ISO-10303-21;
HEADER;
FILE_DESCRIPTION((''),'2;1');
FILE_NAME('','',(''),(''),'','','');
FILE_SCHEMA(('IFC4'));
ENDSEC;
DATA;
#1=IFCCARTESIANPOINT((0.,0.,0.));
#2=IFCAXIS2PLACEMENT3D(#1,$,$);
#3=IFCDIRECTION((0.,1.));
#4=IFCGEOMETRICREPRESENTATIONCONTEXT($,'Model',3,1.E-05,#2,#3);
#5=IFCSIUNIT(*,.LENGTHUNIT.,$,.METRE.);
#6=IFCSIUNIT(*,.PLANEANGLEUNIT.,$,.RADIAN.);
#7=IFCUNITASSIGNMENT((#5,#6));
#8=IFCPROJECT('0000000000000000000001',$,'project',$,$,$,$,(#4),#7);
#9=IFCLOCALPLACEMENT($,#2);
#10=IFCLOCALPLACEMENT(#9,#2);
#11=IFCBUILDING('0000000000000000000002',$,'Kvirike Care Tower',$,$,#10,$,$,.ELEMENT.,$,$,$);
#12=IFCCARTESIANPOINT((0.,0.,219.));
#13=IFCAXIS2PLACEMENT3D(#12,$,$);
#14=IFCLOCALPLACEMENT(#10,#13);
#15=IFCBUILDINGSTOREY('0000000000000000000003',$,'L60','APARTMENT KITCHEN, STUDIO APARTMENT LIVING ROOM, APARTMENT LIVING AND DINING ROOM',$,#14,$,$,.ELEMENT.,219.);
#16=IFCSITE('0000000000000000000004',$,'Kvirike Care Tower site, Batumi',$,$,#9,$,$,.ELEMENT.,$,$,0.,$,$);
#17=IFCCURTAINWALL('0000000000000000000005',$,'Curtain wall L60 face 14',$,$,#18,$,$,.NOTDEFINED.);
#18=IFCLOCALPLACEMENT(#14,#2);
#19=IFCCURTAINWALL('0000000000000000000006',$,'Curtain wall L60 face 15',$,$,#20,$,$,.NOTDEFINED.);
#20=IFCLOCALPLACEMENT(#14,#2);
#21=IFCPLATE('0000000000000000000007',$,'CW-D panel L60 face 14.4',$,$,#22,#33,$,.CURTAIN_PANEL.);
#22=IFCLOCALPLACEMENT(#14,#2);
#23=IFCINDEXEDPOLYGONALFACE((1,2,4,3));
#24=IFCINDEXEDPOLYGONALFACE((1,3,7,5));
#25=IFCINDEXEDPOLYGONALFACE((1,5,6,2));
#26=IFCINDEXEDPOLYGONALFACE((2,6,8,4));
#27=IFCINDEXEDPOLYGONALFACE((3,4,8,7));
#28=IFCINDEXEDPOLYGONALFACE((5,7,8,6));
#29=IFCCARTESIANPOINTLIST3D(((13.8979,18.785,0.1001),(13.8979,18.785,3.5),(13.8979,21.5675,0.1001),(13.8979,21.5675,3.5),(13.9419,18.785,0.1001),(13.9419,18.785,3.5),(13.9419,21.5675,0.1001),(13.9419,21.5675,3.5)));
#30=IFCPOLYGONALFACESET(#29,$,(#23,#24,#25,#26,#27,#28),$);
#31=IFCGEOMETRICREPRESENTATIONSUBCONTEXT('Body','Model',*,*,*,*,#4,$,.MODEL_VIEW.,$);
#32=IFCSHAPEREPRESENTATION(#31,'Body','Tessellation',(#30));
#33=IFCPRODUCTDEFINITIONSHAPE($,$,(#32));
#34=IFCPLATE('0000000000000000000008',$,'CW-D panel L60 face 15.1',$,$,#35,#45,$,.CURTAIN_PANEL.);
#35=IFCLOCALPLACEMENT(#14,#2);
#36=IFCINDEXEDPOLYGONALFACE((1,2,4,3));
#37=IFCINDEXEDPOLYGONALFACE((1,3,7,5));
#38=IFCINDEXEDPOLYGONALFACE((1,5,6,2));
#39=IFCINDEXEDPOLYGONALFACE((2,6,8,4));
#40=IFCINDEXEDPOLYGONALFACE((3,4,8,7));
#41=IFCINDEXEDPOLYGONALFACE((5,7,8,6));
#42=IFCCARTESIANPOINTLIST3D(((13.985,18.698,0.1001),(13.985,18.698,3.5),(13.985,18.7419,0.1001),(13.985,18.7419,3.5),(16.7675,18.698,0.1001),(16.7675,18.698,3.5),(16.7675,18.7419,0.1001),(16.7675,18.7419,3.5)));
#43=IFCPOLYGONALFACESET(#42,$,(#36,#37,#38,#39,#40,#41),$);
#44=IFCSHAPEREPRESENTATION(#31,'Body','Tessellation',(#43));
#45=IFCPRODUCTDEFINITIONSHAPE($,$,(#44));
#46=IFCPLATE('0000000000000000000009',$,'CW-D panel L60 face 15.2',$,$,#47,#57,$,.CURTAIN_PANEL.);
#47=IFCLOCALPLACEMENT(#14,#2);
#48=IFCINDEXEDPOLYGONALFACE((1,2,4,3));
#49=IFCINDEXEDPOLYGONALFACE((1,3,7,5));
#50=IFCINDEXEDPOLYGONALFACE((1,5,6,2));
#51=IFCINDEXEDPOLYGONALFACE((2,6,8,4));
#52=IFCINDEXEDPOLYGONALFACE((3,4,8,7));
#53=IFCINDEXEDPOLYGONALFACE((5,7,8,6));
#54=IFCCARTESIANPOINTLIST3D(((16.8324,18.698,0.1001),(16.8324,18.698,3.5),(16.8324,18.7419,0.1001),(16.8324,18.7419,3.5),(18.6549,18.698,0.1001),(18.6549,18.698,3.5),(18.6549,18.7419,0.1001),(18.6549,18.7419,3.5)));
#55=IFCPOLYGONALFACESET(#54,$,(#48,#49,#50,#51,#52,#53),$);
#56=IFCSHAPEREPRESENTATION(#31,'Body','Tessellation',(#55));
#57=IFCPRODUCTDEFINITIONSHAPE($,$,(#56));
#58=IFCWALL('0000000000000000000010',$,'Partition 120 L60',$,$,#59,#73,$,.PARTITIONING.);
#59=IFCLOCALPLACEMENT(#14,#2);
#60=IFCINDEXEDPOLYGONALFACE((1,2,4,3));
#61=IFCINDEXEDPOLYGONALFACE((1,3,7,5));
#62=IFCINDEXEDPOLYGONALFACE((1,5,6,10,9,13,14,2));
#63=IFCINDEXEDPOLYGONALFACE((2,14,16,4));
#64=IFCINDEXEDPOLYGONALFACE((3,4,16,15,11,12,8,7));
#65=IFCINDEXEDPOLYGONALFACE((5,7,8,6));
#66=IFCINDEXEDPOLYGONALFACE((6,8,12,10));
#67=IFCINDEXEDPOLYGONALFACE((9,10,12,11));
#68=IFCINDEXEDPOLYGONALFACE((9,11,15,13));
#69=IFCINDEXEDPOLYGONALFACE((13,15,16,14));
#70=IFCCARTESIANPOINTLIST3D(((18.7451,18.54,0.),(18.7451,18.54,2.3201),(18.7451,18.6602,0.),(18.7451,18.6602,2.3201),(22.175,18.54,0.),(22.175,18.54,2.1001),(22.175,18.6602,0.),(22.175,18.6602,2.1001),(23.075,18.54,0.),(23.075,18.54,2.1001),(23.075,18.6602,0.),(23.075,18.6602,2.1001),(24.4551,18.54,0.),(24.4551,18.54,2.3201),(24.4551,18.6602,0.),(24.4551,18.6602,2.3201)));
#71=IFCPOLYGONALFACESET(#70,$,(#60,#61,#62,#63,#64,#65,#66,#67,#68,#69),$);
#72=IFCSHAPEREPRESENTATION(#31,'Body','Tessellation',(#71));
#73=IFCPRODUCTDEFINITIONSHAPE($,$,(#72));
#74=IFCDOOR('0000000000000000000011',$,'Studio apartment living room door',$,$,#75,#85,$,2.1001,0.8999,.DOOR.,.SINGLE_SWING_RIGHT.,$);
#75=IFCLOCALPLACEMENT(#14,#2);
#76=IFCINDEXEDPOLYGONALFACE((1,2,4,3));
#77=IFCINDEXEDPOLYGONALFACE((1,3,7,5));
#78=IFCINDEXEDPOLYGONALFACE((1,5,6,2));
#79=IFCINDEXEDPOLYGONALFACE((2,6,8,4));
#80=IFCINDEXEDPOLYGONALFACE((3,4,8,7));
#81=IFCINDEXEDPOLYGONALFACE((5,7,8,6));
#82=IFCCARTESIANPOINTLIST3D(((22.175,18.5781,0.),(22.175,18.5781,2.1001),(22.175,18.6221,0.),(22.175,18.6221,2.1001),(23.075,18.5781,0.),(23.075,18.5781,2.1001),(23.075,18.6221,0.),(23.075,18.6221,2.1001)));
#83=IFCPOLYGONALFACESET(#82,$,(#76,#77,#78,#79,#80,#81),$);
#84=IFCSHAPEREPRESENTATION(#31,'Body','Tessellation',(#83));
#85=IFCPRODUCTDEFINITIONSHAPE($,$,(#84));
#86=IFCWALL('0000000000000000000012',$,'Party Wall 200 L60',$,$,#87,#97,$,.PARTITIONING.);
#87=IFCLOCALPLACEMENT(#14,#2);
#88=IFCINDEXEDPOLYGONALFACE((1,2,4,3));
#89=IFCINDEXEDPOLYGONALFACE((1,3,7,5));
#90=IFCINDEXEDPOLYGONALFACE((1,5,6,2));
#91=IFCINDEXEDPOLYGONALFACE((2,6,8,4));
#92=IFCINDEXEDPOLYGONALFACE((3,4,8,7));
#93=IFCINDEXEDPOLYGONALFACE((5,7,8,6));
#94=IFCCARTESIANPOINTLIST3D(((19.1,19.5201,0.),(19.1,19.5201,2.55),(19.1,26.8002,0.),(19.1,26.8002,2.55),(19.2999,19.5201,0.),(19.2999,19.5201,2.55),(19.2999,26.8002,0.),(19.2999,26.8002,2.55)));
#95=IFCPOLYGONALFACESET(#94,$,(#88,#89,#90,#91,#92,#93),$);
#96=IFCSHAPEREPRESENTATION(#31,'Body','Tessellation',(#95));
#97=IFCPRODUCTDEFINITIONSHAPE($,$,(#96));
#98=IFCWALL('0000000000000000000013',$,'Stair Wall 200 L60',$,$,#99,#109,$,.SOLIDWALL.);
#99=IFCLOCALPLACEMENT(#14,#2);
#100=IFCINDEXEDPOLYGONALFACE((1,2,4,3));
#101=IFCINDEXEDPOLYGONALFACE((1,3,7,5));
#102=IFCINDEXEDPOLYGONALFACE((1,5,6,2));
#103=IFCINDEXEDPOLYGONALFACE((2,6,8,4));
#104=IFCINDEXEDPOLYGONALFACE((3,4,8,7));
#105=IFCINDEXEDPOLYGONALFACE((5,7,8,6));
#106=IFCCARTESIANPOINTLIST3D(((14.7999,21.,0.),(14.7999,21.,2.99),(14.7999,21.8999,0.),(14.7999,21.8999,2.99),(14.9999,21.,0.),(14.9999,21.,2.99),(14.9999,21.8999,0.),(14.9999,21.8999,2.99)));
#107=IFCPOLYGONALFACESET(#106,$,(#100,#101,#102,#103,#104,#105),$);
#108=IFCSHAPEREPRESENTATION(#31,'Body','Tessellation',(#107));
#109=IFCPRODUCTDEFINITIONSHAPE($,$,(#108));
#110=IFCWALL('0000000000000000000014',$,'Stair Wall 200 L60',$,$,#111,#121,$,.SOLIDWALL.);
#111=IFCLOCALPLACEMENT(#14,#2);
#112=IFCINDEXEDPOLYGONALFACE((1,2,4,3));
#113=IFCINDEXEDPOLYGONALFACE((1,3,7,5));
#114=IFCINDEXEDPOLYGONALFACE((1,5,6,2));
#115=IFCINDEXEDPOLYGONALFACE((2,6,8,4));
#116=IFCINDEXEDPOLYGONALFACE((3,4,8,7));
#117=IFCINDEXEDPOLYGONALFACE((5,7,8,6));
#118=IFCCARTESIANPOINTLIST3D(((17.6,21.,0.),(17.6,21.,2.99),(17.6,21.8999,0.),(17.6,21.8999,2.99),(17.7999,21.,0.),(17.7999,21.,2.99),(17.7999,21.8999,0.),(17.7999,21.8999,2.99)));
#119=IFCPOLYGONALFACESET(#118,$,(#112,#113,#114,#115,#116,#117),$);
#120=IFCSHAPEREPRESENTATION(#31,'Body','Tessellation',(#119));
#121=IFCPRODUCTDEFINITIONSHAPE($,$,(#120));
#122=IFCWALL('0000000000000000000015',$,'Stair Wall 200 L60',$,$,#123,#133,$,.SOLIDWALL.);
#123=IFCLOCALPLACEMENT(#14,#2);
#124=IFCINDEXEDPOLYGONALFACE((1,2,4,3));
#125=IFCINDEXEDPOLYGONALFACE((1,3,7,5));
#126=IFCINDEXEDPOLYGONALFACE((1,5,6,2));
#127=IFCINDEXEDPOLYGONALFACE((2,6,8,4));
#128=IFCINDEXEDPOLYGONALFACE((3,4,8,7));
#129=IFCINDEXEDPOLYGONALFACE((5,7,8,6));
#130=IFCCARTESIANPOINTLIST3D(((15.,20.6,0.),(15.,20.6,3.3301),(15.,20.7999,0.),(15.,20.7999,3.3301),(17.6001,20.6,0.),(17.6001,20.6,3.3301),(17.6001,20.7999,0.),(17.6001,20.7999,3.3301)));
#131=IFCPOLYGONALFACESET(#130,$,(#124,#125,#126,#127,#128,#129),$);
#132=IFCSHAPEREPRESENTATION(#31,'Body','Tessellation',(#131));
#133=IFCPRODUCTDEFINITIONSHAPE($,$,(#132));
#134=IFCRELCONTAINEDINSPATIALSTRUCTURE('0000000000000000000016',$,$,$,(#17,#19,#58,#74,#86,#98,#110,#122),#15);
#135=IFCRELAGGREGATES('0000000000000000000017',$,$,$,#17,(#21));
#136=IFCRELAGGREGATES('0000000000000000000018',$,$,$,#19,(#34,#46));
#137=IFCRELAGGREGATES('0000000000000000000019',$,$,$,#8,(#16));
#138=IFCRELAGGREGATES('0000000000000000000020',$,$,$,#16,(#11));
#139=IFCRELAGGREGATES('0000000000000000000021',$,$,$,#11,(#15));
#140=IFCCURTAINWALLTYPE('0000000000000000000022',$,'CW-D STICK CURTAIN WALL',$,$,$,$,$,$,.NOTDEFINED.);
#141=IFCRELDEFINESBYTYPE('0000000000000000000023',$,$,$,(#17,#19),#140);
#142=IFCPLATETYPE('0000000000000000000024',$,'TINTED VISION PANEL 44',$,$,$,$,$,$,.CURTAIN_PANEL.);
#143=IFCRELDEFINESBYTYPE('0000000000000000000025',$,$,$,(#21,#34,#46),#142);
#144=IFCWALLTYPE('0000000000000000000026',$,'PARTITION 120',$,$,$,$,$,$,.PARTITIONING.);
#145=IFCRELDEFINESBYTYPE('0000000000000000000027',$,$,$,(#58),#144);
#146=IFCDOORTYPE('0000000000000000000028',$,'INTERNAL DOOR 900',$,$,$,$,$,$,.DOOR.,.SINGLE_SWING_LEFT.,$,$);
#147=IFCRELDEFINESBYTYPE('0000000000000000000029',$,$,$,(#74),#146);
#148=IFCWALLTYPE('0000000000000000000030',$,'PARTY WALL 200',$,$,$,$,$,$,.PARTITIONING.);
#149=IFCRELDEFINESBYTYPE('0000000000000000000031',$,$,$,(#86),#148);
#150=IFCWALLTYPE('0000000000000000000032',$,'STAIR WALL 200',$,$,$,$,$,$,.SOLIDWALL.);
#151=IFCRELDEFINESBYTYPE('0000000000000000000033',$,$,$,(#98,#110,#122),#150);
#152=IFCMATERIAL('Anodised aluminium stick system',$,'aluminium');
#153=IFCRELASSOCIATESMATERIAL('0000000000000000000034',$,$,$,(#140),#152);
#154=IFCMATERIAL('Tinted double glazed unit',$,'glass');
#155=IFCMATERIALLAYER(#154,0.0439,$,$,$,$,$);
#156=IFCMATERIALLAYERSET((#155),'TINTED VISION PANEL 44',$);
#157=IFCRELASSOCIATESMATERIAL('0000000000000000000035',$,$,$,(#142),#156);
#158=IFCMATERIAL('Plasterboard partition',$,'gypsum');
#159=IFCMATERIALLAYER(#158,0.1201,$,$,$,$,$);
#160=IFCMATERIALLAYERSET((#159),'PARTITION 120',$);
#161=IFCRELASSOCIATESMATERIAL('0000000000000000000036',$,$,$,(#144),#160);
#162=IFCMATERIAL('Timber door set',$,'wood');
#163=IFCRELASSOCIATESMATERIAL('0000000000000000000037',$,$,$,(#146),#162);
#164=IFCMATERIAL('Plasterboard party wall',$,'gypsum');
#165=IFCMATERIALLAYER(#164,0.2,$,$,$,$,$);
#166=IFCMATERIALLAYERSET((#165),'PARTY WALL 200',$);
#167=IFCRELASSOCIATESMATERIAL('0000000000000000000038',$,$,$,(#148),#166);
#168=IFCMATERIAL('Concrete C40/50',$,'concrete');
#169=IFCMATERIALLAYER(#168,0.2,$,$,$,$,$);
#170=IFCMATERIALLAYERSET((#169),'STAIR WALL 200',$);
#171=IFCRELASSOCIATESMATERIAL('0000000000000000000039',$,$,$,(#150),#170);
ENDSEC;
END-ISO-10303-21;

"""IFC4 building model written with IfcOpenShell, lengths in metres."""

from ifc_helpers import new_model, si_unit, direction, frame, frame_2d, origin, origin_2d, place, context, subcontext, project, spatial, rectangle, extrude, material, layer, layer_set, type_object, element, fill, aggregate, save


model = new_model("IFC4")

# Units and contexts
model_context = context("Model", 3, precision=1e-05, world=origin(), true_north=direction((0.0, 1.0)))
body_context = subcontext(model_context, "Body", "Model", "MODEL_VIEW")
ifc_project = project(units=[si_unit("LENGTHUNIT", "METRE"), si_unit("PLANEANGLEUNIT", "RADIAN")], contexts=[model_context])

# Site, building, storey
site_placement = place(None, origin())
site = spatial("IfcSite", under=ifc_project, at=site_placement, Name="Kvirike Care Tower site, Batumi", CompositionType="ELEMENT", RefElevation=0.0)
building_placement = place(site_placement, origin())
building = spatial("IfcBuilding", under=site, at=building_placement, Name="Kvirike Care Tower", CompositionType="ELEMENT")
storey_placement = place(building_placement, frame((0.0, 0.0, 219.0)))
storey = spatial("IfcBuildingStorey", under=building, at=storey_placement, Name="L60", Description="APARTMENT KITCHEN, STUDIO APARTMENT LIVING ROOM, APARTMENT LIVING AND DINING ROOM", CompositionType="ELEMENT", Elevation=219.0)

# Curtain wall
ifc_material_1 = material(Name="Anodised aluminium stick system", Category="aluminium")
curtain_wall_type = type_object("IfcCurtainWallType", Name="CW-D STICK CURTAIN WALL", PredefinedType="NOTDEFINED", material=ifc_material_1)
curtain_wall_1_placement = place(storey_placement, origin())
curtain_wall_1 = element("IfcCurtainWall", 1, at=curtain_wall_1_placement, inside=storey, type_object=curtain_wall_type, Name="Curtain wall L60 face 14", PredefinedType="NOTDEFINED")

# Curtain wall
curtain_wall_2_placement = place(storey_placement, origin())
curtain_wall_2 = element("IfcCurtainWall", 2, at=curtain_wall_2_placement, inside=storey, type_object=curtain_wall_type, Name="Curtain wall L60 face 15", PredefinedType="NOTDEFINED")

# Plates
ifc_material_2 = material(Name="Tinted double glazed unit", Category="glass")
ifc_layer_1 = layer(ifc_material_2, 0.0439)
ifc_layer_set_1 = layer_set([ifc_layer_1], Name="TINTED VISION PANEL 44")
plate_type = type_object("IfcPlateType", Name="TINTED VISION PANEL 44", PredefinedType="CURTAIN_PANEL", material=ifc_layer_set_1)
plate_1_placement = place(storey_placement, frame((13.9199, 20.1763, 0.1001), z_axis=(0.0, 0.0, 1.0), x_axis=(0.0, -1.0, 0.0)))
plate_1 = element("IfcPlate", 3, at=plate_1_placement, type_object=plate_type, Name="CW-D panel L60 face 14.4", PredefinedType="CURTAIN_PANEL", context=body_context, shape_type="SweptSolid", body=[
    extrude(rectangle(XDim=2.7825, YDim=0.0439, at=origin_2d()), origin(), (0.0, 0.0, 1.0), 3.3999),
])
aggregate(curtain_wall_1, [plate_1])
plate_2_placement = place(storey_placement, frame((15.3762, 18.72, 0.1001), z_axis=(0.0, 0.0, 1.0), x_axis=(1.0, 0.0, 0.0)))
plate_2 = element("IfcPlate", 4, at=plate_2_placement, type_object=plate_type, Name="CW-D panel L60 face 15.1", PredefinedType="CURTAIN_PANEL", context=body_context, shape_type="SweptSolid", body=[
    extrude(rectangle(XDim=2.7825, YDim=0.0439, at=origin_2d()), origin(), (0.0, 0.0, 1.0), 3.3999),
])
plate_3_placement = place(storey_placement, frame((17.7437, 18.72, 0.1001), z_axis=(0.0, 0.0, 1.0), x_axis=(1.0, 0.0, 0.0)))
plate_3 = element("IfcPlate", 5, at=plate_3_placement, type_object=plate_type, Name="CW-D panel L60 face 15.2", PredefinedType="CURTAIN_PANEL", context=body_context, shape_type="SweptSolid", body=[
    extrude(rectangle(XDim=1.8225, YDim=0.0439, at=origin_2d()), origin(), (0.0, 0.0, 1.0), 3.3999),
])
aggregate(curtain_wall_2, [plate_2, plate_3])

# Wall, opening, door
ifc_material_3 = material(Name="Plasterboard partition", Category="gypsum")
ifc_layer_2 = layer(ifc_material_3, 0.1201)
ifc_layer_set_2 = layer_set([ifc_layer_2], Name="PARTITION 120")
wall_type_1 = type_object("IfcWallType", Name="PARTITION 120", PredefinedType="PARTITIONING", material=ifc_layer_set_2)
wall_1_placement = place(storey_placement, frame((18.7451, 18.6001, 0.0), z_axis=(0.0, 0.0, 1.0), x_axis=(1.0, 0.0, 0.0)))
wall_1 = element("IfcWall", 6, at=wall_1_placement, inside=storey, type_object=wall_type_1, Name="Partition 120 L60", PredefinedType="PARTITIONING", context=body_context, shape_type="SweptSolid", body=[
    extrude(rectangle(XDim=5.71, YDim=0.1201, at=frame_2d((2.855, 0.0))), origin(), (0.0, 0.0, 1.0), 2.3201),
])
opening_placement = place(wall_1_placement, frame((3.4299, 0.0, 0.0)))
opening = element("IfcOpeningElement", 7, at=opening_placement, cuts=wall_1, PredefinedType="OPENING", context=body_context, shape_type="SweptSolid", body=[
    extrude(rectangle(XDim=0.8999, YDim=2.1001, at=frame_2d((0.45, 1.05))), frame((0.0, 0.0706, 0.0), z_axis=(0.0, -1.0, 0.0), x_axis=(1.0, 0.0, 0.0)), (0.0, 0.0, 1.0), 0.1411),
])
ifc_material_4 = material(Name="Timber door set", Category="wood")
door_type = type_object("IfcDoorType", Name="INTERNAL DOOR 900", OperationType="SINGLE_SWING_LEFT", PredefinedType="DOOR", material=ifc_material_4)
door_placement = place(opening_placement, frame((0.8999, 0.0, 0.0), z_axis=(0.0, 0.0, 1.0), x_axis=(-1.0, 0.0, 0.0)))
door = element("IfcDoor", 8, at=door_placement, inside=storey, type_object=door_type, Name="Studio apartment living room door", OperationType="SINGLE_SWING_RIGHT", OverallHeight=2.1001, OverallWidth=0.8999, PredefinedType="DOOR", context=body_context, shape_type="SweptSolid", body=[
    extrude(rectangle(XDim=0.8999, YDim=2.1001, at=frame_2d((0.45, 1.05))), frame((0.0, 0.022, 0.0), z_axis=(0.0, -1.0, 0.0), x_axis=(1.0, 0.0, 0.0)), (0.0, 0.0, 1.0), 0.0439),
])
fill(opening, door)

# Walls
ifc_material_5 = material(Name="Plasterboard party wall", Category="gypsum")
ifc_layer_3 = layer(ifc_material_5, 0.2)
ifc_layer_set_3 = layer_set([ifc_layer_3], Name="PARTY WALL 200")
wall_type_2 = type_object("IfcWallType", Name="PARTY WALL 200", PredefinedType="PARTITIONING", material=ifc_layer_set_3)
wall_2_placement = place(storey_placement, frame((19.2, 19.52, 0.0), z_axis=(0.0, 0.0, 1.0), x_axis=(0.0, 1.0, 0.0)))
element("IfcWall", 9, at=wall_2_placement, inside=storey, type_object=wall_type_2, Name="Party Wall 200 L60", PredefinedType="PARTITIONING", context=body_context, shape_type="SweptSolid", body=[
    extrude(rectangle(XDim=7.28, YDim=0.2, at=frame_2d((3.6401, 0.0))), origin(), (0.0, 0.0, 1.0), 2.55),
])
ifc_material_6 = material(Name="Concrete C40/50", Category="concrete")
ifc_layer_4 = layer(ifc_material_6, 0.2)
ifc_layer_set_4 = layer_set([ifc_layer_4], Name="STAIR WALL 200")
wall_type_3 = type_object("IfcWallType", Name="STAIR WALL 200", PredefinedType="SOLIDWALL", material=ifc_layer_set_4)
for number, where, z_axis, x_axis, name in (
    (10, (14.8999, 21.0, 0.0), (0.0, 0.0, 1.0), (0.0, 1.0, 0.0), "Stair Wall 200 L60"),
    (11, (17.7, 21.0, 0.0), (0.0, 0.0, 1.0), (0.0, 1.0, 0.0), "Stair Wall 200 L60"),
):
    element("IfcWall", number, at=place(storey_placement, frame(where, z_axis=z_axis, x_axis=x_axis)), inside=storey, type_object=wall_type_3, Name=name, PredefinedType="SOLIDWALL", context=body_context, shape_type="SweptSolid", body=[
        extrude(rectangle(XDim=0.8999, YDim=0.2, at=frame_2d((0.45, 0.0))), origin(), (0.0, 0.0, 1.0), 2.99),
    ])
wall_3_placement = place(storey_placement, frame((15.0, 20.7, 0.0), z_axis=(0.0, 0.0, 1.0), x_axis=(1.0, 0.0, 0.0)))
element("IfcWall", 12, at=wall_3_placement, inside=storey, type_object=wall_type_3, Name="Stair Wall 200 L60", PredefinedType="SOLIDWALL", context=body_context, shape_type="SweptSolid", body=[
    extrude(rectangle(XDim=2.6001, YDim=0.2, at=frame_2d((1.3, 0.0))), origin(), (0.0, 0.0, 1.0), 3.3301),
])

save(model, "model.ifc")
